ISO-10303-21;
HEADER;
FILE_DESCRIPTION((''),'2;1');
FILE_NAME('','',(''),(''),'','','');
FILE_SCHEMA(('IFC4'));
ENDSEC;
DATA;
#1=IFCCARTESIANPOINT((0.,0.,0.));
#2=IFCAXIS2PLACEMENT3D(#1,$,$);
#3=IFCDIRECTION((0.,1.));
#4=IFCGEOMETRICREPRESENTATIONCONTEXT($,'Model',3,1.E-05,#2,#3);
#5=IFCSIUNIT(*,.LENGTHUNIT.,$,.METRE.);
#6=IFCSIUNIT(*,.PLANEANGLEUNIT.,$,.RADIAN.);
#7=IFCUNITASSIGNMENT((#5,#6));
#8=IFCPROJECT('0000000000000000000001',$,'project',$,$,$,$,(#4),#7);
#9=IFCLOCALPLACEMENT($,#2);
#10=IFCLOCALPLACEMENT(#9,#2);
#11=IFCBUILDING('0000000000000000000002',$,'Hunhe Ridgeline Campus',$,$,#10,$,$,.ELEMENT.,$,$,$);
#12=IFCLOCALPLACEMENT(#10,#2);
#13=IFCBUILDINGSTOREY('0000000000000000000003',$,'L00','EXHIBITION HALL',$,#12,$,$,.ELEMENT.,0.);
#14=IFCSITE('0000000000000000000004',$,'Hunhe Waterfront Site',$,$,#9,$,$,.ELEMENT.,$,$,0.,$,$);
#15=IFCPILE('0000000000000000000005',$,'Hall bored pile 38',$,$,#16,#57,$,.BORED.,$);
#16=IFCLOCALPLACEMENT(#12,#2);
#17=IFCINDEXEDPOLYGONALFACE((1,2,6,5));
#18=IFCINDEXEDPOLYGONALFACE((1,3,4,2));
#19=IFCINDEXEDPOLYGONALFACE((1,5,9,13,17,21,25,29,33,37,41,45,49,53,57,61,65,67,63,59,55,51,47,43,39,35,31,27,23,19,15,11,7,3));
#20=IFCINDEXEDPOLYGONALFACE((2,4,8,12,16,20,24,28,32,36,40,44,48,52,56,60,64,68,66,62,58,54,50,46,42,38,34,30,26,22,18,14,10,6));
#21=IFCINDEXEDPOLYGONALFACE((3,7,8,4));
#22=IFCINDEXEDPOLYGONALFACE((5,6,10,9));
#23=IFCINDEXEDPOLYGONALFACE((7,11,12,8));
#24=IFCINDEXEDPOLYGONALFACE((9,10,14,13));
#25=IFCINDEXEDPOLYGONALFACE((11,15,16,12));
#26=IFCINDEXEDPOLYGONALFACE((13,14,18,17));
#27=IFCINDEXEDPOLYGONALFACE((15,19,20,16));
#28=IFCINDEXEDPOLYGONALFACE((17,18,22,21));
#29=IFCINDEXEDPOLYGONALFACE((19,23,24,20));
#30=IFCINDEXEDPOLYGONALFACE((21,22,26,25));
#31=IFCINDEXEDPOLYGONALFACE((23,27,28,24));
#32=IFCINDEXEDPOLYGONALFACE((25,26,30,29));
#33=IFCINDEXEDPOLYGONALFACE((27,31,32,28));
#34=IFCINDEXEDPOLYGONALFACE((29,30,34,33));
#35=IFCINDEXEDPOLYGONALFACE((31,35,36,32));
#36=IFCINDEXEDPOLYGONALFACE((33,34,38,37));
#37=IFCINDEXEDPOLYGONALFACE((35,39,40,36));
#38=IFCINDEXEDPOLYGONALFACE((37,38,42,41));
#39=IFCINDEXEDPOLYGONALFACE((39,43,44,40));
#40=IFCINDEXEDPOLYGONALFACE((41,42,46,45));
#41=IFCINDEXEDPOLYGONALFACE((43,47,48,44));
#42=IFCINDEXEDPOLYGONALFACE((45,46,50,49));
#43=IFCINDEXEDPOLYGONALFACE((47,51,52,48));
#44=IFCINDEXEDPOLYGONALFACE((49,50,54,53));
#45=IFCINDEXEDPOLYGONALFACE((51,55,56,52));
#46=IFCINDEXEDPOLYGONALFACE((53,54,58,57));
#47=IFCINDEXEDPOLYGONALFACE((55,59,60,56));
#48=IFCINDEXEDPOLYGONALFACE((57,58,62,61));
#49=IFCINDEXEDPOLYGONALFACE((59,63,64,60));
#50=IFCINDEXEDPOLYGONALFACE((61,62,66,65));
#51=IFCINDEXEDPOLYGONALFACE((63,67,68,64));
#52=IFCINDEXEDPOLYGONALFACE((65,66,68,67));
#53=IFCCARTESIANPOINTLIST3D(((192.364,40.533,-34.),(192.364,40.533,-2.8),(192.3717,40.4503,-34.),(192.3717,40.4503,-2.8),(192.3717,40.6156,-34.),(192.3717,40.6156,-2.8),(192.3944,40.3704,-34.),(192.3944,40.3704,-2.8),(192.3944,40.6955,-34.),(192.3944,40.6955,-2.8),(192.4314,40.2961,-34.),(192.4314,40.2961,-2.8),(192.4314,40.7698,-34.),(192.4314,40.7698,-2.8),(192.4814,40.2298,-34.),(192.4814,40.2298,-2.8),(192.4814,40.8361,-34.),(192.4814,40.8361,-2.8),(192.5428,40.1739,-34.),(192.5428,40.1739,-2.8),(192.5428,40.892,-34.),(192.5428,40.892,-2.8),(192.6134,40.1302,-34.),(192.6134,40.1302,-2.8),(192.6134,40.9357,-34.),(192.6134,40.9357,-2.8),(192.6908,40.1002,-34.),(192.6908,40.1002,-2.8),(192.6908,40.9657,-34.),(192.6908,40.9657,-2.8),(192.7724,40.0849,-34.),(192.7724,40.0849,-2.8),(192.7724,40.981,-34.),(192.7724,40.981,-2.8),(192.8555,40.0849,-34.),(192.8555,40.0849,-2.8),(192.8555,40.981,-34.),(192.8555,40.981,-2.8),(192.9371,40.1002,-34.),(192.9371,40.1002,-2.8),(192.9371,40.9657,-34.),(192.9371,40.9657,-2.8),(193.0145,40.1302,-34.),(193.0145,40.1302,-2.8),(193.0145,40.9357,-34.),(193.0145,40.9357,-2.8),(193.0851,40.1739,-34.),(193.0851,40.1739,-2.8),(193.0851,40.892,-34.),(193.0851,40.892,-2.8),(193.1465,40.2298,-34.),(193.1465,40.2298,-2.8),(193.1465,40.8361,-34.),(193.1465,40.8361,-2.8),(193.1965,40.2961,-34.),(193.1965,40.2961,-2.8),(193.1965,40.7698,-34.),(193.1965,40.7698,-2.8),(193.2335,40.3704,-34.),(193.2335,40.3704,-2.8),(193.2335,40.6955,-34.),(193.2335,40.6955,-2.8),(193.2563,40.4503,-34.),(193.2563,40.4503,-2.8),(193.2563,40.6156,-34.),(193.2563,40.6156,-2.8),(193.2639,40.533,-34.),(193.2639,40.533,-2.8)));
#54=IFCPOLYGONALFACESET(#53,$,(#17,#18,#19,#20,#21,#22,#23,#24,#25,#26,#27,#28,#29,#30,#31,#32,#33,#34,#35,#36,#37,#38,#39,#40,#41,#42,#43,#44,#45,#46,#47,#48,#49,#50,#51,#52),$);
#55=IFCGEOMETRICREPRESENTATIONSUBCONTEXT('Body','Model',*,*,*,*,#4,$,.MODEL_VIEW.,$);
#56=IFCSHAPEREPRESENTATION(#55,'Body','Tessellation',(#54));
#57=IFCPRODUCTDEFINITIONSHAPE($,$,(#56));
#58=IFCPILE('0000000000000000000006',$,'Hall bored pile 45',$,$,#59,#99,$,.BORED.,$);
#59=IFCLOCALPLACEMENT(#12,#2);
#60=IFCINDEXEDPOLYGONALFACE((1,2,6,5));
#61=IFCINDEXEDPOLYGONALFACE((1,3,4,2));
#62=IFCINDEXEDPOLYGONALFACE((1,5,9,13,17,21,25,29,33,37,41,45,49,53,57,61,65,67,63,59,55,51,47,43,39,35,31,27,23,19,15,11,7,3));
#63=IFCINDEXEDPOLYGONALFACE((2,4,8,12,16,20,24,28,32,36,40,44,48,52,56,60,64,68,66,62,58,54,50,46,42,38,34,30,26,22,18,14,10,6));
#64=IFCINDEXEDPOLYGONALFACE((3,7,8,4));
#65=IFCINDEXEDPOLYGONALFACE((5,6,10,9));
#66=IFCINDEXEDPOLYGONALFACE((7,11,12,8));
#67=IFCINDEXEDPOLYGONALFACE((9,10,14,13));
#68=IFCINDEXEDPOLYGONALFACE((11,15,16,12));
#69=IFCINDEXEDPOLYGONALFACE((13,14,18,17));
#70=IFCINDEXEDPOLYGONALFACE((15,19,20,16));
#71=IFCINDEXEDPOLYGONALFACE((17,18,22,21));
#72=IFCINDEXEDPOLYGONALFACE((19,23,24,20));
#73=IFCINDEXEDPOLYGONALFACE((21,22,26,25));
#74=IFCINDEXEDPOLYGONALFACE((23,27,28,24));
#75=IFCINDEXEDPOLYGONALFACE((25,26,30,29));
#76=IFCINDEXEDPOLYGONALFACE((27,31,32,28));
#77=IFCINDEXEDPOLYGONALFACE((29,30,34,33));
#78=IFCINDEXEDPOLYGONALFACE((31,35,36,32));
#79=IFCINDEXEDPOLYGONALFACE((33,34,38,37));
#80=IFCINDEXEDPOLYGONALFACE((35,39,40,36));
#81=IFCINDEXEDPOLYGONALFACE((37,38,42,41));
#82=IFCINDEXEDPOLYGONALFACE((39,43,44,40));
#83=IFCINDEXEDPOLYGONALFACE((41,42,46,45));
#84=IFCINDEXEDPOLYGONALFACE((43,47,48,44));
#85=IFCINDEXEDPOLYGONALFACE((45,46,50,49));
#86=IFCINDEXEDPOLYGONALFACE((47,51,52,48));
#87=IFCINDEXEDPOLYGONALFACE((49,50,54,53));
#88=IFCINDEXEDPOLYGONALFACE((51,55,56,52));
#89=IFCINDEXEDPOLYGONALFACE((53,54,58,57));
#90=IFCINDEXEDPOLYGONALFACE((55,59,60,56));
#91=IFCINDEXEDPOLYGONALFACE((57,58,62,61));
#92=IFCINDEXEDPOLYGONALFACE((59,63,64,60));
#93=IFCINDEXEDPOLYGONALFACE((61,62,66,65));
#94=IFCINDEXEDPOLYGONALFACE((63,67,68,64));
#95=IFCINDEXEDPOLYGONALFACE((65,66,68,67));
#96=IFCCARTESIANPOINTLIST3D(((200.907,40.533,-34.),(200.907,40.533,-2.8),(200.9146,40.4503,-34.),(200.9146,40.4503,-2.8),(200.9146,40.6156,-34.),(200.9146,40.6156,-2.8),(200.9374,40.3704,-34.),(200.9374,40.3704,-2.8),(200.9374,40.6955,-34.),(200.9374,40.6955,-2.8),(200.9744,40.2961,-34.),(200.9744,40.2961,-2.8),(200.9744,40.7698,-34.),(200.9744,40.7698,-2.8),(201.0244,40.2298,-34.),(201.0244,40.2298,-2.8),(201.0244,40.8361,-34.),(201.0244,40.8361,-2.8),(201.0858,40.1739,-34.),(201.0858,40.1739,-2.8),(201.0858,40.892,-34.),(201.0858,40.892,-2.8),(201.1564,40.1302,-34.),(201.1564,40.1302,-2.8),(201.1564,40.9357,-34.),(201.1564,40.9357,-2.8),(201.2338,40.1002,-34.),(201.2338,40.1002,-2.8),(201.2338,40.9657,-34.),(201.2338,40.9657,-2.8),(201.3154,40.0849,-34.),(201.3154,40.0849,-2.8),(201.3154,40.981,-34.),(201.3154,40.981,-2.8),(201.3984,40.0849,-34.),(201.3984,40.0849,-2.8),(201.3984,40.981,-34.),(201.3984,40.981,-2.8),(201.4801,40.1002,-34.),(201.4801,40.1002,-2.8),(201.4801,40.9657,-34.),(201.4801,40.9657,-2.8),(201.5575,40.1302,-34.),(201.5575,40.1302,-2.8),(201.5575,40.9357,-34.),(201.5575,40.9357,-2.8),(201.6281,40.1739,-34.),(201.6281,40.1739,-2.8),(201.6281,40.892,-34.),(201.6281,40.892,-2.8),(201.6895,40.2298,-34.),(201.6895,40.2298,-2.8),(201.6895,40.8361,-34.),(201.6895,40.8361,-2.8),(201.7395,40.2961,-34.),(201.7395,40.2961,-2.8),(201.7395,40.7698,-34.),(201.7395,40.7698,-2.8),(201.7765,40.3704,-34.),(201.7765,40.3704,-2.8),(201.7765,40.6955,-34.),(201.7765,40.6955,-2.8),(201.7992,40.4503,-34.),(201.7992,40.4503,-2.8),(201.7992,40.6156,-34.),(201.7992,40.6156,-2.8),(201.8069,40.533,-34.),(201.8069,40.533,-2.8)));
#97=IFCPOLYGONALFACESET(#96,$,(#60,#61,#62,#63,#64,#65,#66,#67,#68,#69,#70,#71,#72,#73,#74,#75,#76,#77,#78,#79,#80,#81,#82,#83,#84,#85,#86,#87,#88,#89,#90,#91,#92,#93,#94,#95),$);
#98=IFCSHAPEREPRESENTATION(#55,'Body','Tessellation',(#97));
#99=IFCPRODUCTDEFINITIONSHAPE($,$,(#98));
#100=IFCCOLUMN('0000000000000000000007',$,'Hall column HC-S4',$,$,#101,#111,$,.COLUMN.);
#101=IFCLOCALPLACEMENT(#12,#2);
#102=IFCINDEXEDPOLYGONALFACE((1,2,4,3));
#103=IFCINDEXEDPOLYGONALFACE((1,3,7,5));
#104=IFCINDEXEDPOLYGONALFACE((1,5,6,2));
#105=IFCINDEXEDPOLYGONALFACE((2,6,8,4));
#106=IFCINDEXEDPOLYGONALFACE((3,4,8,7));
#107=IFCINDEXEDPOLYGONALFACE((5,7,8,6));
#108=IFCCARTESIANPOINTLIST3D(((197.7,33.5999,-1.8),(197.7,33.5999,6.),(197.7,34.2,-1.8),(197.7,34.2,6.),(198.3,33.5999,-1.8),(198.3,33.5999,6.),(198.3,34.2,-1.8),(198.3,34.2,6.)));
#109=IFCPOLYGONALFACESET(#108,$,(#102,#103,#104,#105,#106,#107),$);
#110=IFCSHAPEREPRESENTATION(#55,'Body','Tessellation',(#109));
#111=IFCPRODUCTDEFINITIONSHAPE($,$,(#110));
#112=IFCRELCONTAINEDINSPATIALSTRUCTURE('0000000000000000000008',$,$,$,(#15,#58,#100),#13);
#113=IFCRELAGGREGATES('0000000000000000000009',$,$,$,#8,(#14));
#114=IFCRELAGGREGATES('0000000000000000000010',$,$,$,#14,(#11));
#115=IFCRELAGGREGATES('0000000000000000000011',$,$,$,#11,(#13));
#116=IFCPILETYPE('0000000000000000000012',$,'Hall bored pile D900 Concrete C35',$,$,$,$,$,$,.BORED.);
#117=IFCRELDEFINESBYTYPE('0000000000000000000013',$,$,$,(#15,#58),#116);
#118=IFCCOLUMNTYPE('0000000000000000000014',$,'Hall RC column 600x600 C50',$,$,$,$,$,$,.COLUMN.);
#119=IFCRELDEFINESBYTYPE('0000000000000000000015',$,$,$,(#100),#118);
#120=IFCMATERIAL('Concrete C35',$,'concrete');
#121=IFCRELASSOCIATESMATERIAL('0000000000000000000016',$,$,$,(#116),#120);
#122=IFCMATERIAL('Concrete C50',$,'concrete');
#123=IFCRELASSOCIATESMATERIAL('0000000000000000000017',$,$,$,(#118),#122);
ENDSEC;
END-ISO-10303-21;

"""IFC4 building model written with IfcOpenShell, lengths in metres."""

from ifc_helpers import new_model, si_unit, direction, frame, origin, origin_2d, place, context, subcontext, project, spatial, rectangle, circle, extrude, material, material_profile, profile_set, type_object, element, save


model = new_model("IFC4")

# Units and contexts
model_context = context("Model", 3, precision=1e-05, world=origin(), true_north=direction((0.0, 1.0)))
body_context = subcontext(model_context, "Body", "Model", "MODEL_VIEW")
ifc_project = project(units=[si_unit("LENGTHUNIT", "METRE"), si_unit("PLANEANGLEUNIT", "RADIAN")], contexts=[model_context])

# Site, building, storey
site_placement = place(None, origin())
site = spatial("IfcSite", under=ifc_project, at=site_placement, Name="Hunhe Waterfront Site", CompositionType="ELEMENT", RefElevation=0.0)
building_placement = place(site_placement, origin())
building = spatial("IfcBuilding", under=site, at=building_placement, Name="Hunhe Ridgeline Campus", CompositionType="ELEMENT")
storey_placement = place(building_placement, origin())
storey = spatial("IfcBuildingStorey", under=building, at=storey_placement, Name="L00", Description="EXHIBITION HALL", CompositionType="ELEMENT", Elevation=0.0)

# Piles
ifc_material_1 = material(Name="Concrete C35", Category="concrete")
ifc_material_profile_1 = material_profile(ifc_material_1, circle(Radius=0.45, at=origin_2d()))
ifc_profile_set_1 = profile_set([ifc_material_profile_1], Name="Concrete C35")
pile_type = type_object("IfcPileType", Name="Hall bored pile D900 Concrete C35", PredefinedType="BORED", material=ifc_profile_set_1)
for number, where, z_axis, x_axis, name in (
    (1, (192.814, 40.533, -2.8), (0.0, 0.0, -1.0), (1.0, 0.0, 0.0), "Hall bored pile 38"),
    (2, (201.3569, 40.533, -2.8), (0.0, 0.0, -1.0), (1.0, 0.0, 0.0), "Hall bored pile 45"),
):
    element("IfcPile", number, at=place(storey_placement, frame(where, z_axis=z_axis, x_axis=x_axis)), inside=storey, type_object=pile_type, Name=name, PredefinedType="BORED", context=body_context, shape_type="SweptSolid", body=[
        extrude(circle(Radius=0.45, at=origin_2d()), origin(), (0.0, 0.0, 1.0), 31.2),
    ])

# Column
ifc_material_2 = material(Name="Concrete C50", Category="concrete")
ifc_material_profile_2 = material_profile(ifc_material_2, rectangle(XDim=0.6001, YDim=0.6001, at=origin_2d()))
ifc_profile_set_2 = profile_set([ifc_material_profile_2], Name="Concrete C50")
column_type = type_object("IfcColumnType", Name="Hall RC column 600x600 C50", PredefinedType="COLUMN", material=ifc_profile_set_2)
column_placement = place(storey_placement, frame((198.0, 33.8999, -1.8), z_axis=(0.0, 0.0, 1.0), x_axis=(1.0, 0.0, 0.0)))
element("IfcColumn", 3, at=column_placement, inside=storey, type_object=column_type, Name="Hall column HC-S4", PredefinedType="COLUMN", context=body_context, shape_type="SweptSolid", body=[
    extrude(rectangle(XDim=0.6001, YDim=0.6001, at=origin_2d()), origin(), (0.0, 0.0, 1.0), 7.8),
])

save(model, "model.ifc")
